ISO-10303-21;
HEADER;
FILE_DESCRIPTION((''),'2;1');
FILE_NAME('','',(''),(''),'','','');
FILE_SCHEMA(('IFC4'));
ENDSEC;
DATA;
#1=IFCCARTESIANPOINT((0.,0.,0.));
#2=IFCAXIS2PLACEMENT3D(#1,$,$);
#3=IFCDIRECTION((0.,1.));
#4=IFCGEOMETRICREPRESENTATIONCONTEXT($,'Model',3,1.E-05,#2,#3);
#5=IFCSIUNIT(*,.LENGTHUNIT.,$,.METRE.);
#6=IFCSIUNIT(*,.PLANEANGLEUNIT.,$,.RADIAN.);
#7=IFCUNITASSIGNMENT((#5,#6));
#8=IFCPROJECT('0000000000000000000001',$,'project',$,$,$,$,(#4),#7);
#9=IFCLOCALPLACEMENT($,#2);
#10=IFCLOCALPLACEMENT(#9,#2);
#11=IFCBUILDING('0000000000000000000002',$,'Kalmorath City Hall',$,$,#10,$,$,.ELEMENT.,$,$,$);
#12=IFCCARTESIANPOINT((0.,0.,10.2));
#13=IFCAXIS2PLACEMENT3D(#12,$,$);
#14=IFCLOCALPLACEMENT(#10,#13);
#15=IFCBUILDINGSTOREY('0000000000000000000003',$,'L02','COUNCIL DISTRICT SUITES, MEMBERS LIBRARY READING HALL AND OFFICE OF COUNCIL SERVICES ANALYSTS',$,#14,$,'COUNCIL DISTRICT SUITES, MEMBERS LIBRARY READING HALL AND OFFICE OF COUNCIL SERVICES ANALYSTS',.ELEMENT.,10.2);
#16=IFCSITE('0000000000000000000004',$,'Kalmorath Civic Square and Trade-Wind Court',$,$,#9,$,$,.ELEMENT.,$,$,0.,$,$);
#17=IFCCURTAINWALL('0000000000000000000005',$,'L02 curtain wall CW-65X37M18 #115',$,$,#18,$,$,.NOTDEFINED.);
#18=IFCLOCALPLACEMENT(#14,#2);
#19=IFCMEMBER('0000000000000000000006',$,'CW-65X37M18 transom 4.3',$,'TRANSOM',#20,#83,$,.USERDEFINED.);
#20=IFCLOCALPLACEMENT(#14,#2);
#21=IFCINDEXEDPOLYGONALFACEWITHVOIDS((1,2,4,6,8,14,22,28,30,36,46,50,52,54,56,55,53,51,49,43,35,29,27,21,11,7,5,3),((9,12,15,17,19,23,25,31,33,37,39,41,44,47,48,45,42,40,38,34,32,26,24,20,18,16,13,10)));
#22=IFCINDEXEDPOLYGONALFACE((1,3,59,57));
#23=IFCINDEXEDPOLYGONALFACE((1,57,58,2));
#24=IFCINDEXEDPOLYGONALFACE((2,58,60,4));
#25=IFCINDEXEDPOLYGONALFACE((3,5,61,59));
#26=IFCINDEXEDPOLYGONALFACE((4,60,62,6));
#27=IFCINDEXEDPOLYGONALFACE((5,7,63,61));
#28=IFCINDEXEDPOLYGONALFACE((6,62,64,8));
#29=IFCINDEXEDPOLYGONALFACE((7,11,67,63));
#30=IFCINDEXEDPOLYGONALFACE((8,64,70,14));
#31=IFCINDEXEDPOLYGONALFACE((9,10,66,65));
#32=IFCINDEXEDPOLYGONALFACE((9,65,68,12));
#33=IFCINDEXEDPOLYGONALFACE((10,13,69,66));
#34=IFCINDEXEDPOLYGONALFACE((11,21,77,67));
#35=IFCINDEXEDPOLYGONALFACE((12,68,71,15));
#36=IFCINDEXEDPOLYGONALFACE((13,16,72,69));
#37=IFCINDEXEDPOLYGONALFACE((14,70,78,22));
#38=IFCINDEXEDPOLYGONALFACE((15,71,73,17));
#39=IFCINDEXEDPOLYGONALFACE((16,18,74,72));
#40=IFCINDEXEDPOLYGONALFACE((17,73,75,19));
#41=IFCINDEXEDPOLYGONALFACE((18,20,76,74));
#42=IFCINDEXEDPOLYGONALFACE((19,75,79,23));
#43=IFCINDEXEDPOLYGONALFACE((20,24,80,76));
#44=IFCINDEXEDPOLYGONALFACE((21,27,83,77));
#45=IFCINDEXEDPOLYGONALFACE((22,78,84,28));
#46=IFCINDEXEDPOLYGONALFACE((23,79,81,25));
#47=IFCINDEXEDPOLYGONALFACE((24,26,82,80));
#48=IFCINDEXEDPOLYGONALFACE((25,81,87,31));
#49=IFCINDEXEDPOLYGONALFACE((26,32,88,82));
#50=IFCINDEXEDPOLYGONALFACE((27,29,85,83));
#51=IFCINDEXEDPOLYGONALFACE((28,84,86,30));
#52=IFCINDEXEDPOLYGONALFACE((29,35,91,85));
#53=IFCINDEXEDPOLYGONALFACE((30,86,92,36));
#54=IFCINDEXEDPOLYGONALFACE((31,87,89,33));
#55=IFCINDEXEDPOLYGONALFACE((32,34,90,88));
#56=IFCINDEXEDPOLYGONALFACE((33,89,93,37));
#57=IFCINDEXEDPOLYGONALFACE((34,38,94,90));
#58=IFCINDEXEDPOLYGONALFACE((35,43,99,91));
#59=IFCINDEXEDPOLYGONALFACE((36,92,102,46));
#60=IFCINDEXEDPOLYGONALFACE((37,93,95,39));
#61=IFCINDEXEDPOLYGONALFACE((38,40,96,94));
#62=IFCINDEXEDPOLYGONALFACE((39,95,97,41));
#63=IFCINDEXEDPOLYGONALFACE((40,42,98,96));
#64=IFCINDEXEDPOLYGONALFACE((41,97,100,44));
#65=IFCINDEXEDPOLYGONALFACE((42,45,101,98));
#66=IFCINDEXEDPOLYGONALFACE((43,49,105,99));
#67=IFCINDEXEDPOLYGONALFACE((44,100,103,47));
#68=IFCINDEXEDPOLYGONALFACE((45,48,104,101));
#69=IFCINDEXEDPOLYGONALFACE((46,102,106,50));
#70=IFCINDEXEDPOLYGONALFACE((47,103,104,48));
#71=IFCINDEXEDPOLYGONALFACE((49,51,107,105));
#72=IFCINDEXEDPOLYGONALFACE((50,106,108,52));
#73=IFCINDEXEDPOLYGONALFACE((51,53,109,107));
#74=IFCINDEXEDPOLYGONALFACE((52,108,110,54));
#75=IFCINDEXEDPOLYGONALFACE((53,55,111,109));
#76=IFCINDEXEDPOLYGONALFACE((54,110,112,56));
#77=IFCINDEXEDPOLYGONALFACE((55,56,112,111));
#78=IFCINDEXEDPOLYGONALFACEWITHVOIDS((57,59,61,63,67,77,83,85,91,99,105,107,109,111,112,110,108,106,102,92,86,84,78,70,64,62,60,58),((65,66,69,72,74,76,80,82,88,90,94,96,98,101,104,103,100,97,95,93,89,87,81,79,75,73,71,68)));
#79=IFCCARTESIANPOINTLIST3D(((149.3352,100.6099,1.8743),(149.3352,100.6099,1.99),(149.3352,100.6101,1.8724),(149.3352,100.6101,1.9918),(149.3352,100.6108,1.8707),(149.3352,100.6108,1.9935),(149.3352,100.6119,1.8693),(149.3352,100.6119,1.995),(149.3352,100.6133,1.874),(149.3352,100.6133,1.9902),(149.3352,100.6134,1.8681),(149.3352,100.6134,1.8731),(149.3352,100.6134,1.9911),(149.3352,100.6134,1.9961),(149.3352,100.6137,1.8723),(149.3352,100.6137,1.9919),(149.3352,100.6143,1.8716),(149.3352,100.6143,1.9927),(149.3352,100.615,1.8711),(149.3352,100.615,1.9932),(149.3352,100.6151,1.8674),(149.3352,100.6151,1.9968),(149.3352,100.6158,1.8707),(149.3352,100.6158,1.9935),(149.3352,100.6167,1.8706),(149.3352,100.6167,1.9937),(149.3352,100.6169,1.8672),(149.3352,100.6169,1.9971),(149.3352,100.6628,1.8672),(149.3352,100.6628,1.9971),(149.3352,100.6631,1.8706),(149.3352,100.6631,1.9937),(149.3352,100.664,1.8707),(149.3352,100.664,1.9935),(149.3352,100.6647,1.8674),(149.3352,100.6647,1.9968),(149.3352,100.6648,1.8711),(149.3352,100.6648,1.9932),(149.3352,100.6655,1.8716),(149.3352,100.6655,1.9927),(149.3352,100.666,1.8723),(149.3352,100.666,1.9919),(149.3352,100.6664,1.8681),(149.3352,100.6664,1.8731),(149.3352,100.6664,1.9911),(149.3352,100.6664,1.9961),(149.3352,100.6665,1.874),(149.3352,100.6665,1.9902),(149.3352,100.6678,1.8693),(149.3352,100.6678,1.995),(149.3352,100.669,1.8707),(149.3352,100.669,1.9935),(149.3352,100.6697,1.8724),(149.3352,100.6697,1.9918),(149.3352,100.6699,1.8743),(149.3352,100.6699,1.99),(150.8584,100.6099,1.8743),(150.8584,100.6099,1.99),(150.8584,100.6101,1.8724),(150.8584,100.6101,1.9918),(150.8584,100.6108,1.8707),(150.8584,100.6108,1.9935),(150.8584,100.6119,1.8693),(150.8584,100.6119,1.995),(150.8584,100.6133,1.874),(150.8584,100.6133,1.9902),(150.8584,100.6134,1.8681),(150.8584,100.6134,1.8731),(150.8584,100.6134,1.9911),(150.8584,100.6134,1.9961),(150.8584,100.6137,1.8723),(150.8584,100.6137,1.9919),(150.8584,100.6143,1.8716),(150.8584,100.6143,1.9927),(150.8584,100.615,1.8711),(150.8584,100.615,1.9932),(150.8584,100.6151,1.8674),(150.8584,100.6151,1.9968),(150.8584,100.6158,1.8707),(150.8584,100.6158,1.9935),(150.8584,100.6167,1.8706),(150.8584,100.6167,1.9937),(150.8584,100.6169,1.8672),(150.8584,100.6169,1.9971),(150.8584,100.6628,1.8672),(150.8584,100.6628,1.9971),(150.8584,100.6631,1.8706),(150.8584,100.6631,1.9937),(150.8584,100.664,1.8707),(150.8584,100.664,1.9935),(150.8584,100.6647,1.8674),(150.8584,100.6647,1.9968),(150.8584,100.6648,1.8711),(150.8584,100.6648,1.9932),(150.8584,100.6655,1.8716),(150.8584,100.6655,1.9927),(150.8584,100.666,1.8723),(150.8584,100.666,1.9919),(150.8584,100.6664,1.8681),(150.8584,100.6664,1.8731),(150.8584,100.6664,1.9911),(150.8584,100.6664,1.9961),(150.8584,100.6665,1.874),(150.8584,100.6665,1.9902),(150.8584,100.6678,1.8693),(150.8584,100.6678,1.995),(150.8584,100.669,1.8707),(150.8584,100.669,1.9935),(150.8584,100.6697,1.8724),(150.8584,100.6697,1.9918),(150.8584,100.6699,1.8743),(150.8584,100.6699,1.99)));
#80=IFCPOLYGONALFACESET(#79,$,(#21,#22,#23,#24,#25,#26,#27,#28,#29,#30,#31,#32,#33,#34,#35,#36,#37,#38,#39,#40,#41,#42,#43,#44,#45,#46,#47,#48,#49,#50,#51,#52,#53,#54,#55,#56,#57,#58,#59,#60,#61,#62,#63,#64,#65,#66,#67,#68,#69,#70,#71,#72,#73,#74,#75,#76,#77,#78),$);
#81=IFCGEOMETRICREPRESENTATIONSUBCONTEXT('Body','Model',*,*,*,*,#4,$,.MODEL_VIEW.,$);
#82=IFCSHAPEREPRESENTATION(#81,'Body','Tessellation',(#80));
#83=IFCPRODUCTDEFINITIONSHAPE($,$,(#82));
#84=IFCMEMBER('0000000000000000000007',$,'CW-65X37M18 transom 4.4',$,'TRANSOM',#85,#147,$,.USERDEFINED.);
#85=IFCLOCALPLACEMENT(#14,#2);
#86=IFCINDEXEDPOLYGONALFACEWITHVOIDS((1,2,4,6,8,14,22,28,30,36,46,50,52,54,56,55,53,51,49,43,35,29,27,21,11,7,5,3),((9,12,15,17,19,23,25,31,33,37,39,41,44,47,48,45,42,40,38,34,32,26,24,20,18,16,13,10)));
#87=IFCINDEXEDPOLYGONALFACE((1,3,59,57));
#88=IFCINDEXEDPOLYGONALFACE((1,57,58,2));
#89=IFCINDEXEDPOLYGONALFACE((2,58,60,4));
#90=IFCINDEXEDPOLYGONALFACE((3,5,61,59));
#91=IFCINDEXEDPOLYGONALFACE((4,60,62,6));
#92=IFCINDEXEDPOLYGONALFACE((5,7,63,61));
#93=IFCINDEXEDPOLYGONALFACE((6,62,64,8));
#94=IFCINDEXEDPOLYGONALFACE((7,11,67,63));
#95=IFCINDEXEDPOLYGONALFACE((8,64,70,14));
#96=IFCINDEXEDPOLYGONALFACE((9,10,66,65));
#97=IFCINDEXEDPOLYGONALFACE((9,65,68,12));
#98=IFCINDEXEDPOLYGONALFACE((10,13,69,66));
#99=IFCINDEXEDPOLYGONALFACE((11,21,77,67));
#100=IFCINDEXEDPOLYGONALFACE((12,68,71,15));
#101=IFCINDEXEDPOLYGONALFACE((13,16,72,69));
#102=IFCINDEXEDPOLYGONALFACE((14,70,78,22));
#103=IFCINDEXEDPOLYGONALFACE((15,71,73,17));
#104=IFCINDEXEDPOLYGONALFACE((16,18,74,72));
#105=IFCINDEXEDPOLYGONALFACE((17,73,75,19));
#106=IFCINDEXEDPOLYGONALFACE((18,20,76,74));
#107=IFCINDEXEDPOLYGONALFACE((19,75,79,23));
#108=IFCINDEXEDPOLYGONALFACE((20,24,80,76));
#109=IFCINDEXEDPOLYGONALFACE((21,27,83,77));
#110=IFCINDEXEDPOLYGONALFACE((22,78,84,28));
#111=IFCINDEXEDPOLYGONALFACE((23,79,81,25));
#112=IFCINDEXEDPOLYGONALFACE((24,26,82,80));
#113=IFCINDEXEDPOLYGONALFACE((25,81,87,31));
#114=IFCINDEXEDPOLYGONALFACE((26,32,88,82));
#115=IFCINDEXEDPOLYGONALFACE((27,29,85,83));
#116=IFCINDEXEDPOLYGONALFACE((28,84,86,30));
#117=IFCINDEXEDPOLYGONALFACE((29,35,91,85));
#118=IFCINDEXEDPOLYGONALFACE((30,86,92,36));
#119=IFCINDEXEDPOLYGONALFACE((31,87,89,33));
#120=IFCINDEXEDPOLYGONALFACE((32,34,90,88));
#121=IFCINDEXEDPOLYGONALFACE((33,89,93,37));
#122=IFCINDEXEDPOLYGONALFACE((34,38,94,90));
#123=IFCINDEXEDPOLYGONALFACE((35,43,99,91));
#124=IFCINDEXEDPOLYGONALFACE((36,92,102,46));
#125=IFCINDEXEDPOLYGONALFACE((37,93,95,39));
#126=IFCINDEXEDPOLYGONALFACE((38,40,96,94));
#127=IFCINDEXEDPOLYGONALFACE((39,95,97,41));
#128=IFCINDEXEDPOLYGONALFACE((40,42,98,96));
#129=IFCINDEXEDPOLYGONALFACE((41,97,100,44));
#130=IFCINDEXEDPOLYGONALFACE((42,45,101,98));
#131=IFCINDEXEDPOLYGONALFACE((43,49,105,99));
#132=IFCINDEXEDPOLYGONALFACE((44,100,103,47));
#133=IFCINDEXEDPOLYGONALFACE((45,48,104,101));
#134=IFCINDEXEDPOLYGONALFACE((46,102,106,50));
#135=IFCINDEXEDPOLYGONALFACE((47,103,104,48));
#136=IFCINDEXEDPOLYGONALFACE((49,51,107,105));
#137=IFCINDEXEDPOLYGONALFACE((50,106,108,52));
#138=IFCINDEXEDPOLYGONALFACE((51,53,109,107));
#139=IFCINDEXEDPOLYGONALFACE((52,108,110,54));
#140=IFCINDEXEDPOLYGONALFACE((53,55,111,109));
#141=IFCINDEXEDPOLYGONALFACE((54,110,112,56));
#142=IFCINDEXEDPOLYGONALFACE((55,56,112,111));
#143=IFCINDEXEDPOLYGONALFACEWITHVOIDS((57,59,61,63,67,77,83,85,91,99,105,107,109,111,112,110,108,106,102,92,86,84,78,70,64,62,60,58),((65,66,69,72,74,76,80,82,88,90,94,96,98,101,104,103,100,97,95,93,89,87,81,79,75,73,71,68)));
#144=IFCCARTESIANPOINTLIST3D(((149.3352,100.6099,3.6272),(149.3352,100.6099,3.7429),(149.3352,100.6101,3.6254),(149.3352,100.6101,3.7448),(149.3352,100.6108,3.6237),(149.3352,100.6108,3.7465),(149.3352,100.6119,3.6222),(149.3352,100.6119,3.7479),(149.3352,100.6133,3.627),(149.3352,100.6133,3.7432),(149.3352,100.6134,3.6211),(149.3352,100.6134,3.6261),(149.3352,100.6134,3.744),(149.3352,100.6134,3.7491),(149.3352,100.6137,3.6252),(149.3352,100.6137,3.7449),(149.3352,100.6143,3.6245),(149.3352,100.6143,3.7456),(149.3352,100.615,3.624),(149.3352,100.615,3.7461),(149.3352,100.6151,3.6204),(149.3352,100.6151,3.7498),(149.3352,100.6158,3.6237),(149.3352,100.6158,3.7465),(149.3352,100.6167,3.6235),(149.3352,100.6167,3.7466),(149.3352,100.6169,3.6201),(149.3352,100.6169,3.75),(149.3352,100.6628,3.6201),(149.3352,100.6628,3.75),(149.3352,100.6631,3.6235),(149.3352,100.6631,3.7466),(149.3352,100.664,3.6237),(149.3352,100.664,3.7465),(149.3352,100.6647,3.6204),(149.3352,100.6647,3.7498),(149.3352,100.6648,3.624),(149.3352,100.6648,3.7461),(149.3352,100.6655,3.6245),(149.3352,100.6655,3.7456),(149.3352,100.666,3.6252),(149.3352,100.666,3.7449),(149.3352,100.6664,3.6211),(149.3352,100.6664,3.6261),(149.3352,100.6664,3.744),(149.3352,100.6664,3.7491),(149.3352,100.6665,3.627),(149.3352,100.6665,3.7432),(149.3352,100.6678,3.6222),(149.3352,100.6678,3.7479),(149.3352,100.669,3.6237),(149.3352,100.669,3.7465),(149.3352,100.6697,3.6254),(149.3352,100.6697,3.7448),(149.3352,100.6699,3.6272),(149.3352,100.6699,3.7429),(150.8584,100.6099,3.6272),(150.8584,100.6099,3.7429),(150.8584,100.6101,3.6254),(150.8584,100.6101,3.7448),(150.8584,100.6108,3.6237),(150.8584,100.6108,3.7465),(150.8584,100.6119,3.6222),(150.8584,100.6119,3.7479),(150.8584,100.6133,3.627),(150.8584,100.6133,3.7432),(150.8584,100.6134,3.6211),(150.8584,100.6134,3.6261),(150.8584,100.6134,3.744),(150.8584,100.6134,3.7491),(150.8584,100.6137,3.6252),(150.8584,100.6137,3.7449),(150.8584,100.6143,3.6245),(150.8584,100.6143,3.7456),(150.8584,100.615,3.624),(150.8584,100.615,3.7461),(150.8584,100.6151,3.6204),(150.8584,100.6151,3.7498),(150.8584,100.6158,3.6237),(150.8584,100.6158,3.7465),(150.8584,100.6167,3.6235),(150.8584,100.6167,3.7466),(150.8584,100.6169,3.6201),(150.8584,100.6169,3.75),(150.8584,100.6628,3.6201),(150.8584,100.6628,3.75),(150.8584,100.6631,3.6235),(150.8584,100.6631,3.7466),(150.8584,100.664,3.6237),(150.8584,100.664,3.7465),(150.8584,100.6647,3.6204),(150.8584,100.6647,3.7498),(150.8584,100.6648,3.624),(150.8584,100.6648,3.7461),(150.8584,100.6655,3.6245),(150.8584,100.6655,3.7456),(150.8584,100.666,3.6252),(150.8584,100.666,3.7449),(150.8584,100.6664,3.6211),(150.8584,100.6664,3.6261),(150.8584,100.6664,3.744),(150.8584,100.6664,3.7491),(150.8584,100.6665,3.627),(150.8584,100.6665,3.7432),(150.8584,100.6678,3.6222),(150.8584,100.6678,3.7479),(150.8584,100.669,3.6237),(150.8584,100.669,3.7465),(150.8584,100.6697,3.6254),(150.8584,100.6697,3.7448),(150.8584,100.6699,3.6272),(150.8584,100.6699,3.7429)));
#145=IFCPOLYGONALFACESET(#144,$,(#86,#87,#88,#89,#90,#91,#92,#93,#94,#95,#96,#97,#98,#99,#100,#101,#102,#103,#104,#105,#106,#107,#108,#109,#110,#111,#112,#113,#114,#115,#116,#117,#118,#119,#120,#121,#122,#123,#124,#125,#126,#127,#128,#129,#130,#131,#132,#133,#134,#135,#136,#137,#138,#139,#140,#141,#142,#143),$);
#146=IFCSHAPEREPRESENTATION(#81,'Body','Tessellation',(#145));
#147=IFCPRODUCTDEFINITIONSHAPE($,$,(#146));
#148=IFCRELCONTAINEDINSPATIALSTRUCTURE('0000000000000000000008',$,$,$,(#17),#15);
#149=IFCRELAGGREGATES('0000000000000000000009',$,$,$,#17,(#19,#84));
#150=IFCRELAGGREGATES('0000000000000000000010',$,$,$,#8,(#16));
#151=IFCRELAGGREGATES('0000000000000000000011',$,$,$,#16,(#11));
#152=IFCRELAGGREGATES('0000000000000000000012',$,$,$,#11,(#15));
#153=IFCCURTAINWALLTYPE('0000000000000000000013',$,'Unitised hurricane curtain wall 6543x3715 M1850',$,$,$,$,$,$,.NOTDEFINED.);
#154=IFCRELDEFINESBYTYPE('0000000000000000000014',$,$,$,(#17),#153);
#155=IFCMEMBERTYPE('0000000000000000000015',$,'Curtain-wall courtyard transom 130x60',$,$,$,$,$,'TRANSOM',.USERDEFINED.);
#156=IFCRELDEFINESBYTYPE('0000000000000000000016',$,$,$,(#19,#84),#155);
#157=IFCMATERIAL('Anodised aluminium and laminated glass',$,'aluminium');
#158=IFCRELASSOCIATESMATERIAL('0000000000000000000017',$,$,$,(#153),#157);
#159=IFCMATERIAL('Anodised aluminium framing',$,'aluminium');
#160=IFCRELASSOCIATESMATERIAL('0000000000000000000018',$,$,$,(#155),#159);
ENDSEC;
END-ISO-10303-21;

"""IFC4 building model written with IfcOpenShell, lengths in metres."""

from ifc_helpers import new_model, si_unit, direction, frame, origin, origin_2d, place, context, subcontext, project, spatial, hollow_rectangle, extrude, material, material_profile, profile_set, type_object, element, aggregate, save


model = new_model("IFC4")

# Units and contexts
model_context = context("Model", 3, precision=1e-05, world=origin(), true_north=direction((0.0, 1.0)))
body_context = subcontext(model_context, "Body", "Model", "MODEL_VIEW")
ifc_project = project(units=[si_unit("LENGTHUNIT", "METRE"), si_unit("PLANEANGLEUNIT", "RADIAN")], contexts=[model_context])

# Site, building, storey
site_placement = place(None, origin())
site = spatial("IfcSite", under=ifc_project, at=site_placement, Name="Kalmorath Civic Square and Trade-Wind Court", CompositionType="ELEMENT", RefElevation=0.0)
building_placement = place(site_placement, origin())
building = spatial("IfcBuilding", under=site, at=building_placement, Name="Kalmorath City Hall", CompositionType="ELEMENT")
storey_placement = place(building_placement, frame((0.0, 0.0, 10.2)))
storey = spatial("IfcBuildingStorey", under=building, at=storey_placement, Name="L02", Description="COUNCIL DISTRICT SUITES, MEMBERS LIBRARY READING HALL AND OFFICE OF COUNCIL SERVICES ANALYSTS", LongName="COUNCIL DISTRICT SUITES, MEMBERS LIBRARY READING HALL AND OFFICE OF COUNCIL SERVICES ANALYSTS", CompositionType="ELEMENT", Elevation=10.2)

# Curtain wall, members
ifc_material_1 = material(Name="Anodised aluminium and laminated glass", Category="aluminium")
curtain_wall_type = type_object("IfcCurtainWallType", Name="Unitised hurricane curtain wall 6543x3715 M1850", PredefinedType="NOTDEFINED", material=ifc_material_1)
curtain_wall_placement = place(storey_placement, origin())
curtain_wall = element("IfcCurtainWall", 1, at=curtain_wall_placement, inside=storey, type_object=curtain_wall_type, Name="L02 curtain wall CW-65X37M18 #115", PredefinedType="NOTDEFINED")
ifc_material_2 = material(Name="Anodised aluminium framing", Category="aluminium")
ifc_material_profile_1 = material_profile(ifc_material_2, hollow_rectangle(XDim=0.0601, YDim=0.1299, WallThickness=0.0034, InnerFilletRadius=0.0034, OuterFilletRadius=0.0071, at=origin_2d()), Name="ALU-TRN-130X60X3.5")
ifc_profile_set_1 = profile_set([ifc_material_profile_1], Name="Anodised aluminium framing")
member_type_1 = type_object("IfcMemberType", Name="Curtain-wall courtyard transom 130x60", ElementType="TRANSOM", PredefinedType="USERDEFINED", material=ifc_profile_set_1)
member_1_placement = place(storey_placement, frame((149.3352, 100.6399, 1.9321), z_axis=(1.0, 0.0, 0.0), x_axis=(0.0, 1.0, 0.0)))
member_1 = element("IfcMember", 2, at=member_1_placement, type_object=member_type_1, Name="CW-65X37M18 transom 4.3", ObjectType="TRANSOM", PredefinedType="USERDEFINED", context=body_context, shape_type="SweptSolid", body=[
    extrude(hollow_rectangle(XDim=0.0601, YDim=0.1299, WallThickness=0.0034, InnerFilletRadius=0.0034, OuterFilletRadius=0.0071, at=origin_2d()), origin(), (0.0, 0.0, 1.0), 1.5232),
])
member_2_placement = place(storey_placement, frame((149.3352, 100.6399, 3.6851), z_axis=(1.0, 0.0, 0.0), x_axis=(0.0, 1.0, 0.0)))
member_2 = element("IfcMember", 3, at=member_2_placement, type_object=member_type_1, Name="CW-65X37M18 transom 4.4", ObjectType="TRANSOM", PredefinedType="USERDEFINED", context=body_context, shape_type="SweptSolid", body=[
    extrude(hollow_rectangle(XDim=0.0601, YDim=0.1299, WallThickness=0.0034, InnerFilletRadius=0.0034, OuterFilletRadius=0.0071, at=origin_2d()), origin(), (0.0, 0.0, 1.0), 1.5232),
])

aggregate(curtain_wall, [member_1, member_2])

save(model, "model.ifc")
